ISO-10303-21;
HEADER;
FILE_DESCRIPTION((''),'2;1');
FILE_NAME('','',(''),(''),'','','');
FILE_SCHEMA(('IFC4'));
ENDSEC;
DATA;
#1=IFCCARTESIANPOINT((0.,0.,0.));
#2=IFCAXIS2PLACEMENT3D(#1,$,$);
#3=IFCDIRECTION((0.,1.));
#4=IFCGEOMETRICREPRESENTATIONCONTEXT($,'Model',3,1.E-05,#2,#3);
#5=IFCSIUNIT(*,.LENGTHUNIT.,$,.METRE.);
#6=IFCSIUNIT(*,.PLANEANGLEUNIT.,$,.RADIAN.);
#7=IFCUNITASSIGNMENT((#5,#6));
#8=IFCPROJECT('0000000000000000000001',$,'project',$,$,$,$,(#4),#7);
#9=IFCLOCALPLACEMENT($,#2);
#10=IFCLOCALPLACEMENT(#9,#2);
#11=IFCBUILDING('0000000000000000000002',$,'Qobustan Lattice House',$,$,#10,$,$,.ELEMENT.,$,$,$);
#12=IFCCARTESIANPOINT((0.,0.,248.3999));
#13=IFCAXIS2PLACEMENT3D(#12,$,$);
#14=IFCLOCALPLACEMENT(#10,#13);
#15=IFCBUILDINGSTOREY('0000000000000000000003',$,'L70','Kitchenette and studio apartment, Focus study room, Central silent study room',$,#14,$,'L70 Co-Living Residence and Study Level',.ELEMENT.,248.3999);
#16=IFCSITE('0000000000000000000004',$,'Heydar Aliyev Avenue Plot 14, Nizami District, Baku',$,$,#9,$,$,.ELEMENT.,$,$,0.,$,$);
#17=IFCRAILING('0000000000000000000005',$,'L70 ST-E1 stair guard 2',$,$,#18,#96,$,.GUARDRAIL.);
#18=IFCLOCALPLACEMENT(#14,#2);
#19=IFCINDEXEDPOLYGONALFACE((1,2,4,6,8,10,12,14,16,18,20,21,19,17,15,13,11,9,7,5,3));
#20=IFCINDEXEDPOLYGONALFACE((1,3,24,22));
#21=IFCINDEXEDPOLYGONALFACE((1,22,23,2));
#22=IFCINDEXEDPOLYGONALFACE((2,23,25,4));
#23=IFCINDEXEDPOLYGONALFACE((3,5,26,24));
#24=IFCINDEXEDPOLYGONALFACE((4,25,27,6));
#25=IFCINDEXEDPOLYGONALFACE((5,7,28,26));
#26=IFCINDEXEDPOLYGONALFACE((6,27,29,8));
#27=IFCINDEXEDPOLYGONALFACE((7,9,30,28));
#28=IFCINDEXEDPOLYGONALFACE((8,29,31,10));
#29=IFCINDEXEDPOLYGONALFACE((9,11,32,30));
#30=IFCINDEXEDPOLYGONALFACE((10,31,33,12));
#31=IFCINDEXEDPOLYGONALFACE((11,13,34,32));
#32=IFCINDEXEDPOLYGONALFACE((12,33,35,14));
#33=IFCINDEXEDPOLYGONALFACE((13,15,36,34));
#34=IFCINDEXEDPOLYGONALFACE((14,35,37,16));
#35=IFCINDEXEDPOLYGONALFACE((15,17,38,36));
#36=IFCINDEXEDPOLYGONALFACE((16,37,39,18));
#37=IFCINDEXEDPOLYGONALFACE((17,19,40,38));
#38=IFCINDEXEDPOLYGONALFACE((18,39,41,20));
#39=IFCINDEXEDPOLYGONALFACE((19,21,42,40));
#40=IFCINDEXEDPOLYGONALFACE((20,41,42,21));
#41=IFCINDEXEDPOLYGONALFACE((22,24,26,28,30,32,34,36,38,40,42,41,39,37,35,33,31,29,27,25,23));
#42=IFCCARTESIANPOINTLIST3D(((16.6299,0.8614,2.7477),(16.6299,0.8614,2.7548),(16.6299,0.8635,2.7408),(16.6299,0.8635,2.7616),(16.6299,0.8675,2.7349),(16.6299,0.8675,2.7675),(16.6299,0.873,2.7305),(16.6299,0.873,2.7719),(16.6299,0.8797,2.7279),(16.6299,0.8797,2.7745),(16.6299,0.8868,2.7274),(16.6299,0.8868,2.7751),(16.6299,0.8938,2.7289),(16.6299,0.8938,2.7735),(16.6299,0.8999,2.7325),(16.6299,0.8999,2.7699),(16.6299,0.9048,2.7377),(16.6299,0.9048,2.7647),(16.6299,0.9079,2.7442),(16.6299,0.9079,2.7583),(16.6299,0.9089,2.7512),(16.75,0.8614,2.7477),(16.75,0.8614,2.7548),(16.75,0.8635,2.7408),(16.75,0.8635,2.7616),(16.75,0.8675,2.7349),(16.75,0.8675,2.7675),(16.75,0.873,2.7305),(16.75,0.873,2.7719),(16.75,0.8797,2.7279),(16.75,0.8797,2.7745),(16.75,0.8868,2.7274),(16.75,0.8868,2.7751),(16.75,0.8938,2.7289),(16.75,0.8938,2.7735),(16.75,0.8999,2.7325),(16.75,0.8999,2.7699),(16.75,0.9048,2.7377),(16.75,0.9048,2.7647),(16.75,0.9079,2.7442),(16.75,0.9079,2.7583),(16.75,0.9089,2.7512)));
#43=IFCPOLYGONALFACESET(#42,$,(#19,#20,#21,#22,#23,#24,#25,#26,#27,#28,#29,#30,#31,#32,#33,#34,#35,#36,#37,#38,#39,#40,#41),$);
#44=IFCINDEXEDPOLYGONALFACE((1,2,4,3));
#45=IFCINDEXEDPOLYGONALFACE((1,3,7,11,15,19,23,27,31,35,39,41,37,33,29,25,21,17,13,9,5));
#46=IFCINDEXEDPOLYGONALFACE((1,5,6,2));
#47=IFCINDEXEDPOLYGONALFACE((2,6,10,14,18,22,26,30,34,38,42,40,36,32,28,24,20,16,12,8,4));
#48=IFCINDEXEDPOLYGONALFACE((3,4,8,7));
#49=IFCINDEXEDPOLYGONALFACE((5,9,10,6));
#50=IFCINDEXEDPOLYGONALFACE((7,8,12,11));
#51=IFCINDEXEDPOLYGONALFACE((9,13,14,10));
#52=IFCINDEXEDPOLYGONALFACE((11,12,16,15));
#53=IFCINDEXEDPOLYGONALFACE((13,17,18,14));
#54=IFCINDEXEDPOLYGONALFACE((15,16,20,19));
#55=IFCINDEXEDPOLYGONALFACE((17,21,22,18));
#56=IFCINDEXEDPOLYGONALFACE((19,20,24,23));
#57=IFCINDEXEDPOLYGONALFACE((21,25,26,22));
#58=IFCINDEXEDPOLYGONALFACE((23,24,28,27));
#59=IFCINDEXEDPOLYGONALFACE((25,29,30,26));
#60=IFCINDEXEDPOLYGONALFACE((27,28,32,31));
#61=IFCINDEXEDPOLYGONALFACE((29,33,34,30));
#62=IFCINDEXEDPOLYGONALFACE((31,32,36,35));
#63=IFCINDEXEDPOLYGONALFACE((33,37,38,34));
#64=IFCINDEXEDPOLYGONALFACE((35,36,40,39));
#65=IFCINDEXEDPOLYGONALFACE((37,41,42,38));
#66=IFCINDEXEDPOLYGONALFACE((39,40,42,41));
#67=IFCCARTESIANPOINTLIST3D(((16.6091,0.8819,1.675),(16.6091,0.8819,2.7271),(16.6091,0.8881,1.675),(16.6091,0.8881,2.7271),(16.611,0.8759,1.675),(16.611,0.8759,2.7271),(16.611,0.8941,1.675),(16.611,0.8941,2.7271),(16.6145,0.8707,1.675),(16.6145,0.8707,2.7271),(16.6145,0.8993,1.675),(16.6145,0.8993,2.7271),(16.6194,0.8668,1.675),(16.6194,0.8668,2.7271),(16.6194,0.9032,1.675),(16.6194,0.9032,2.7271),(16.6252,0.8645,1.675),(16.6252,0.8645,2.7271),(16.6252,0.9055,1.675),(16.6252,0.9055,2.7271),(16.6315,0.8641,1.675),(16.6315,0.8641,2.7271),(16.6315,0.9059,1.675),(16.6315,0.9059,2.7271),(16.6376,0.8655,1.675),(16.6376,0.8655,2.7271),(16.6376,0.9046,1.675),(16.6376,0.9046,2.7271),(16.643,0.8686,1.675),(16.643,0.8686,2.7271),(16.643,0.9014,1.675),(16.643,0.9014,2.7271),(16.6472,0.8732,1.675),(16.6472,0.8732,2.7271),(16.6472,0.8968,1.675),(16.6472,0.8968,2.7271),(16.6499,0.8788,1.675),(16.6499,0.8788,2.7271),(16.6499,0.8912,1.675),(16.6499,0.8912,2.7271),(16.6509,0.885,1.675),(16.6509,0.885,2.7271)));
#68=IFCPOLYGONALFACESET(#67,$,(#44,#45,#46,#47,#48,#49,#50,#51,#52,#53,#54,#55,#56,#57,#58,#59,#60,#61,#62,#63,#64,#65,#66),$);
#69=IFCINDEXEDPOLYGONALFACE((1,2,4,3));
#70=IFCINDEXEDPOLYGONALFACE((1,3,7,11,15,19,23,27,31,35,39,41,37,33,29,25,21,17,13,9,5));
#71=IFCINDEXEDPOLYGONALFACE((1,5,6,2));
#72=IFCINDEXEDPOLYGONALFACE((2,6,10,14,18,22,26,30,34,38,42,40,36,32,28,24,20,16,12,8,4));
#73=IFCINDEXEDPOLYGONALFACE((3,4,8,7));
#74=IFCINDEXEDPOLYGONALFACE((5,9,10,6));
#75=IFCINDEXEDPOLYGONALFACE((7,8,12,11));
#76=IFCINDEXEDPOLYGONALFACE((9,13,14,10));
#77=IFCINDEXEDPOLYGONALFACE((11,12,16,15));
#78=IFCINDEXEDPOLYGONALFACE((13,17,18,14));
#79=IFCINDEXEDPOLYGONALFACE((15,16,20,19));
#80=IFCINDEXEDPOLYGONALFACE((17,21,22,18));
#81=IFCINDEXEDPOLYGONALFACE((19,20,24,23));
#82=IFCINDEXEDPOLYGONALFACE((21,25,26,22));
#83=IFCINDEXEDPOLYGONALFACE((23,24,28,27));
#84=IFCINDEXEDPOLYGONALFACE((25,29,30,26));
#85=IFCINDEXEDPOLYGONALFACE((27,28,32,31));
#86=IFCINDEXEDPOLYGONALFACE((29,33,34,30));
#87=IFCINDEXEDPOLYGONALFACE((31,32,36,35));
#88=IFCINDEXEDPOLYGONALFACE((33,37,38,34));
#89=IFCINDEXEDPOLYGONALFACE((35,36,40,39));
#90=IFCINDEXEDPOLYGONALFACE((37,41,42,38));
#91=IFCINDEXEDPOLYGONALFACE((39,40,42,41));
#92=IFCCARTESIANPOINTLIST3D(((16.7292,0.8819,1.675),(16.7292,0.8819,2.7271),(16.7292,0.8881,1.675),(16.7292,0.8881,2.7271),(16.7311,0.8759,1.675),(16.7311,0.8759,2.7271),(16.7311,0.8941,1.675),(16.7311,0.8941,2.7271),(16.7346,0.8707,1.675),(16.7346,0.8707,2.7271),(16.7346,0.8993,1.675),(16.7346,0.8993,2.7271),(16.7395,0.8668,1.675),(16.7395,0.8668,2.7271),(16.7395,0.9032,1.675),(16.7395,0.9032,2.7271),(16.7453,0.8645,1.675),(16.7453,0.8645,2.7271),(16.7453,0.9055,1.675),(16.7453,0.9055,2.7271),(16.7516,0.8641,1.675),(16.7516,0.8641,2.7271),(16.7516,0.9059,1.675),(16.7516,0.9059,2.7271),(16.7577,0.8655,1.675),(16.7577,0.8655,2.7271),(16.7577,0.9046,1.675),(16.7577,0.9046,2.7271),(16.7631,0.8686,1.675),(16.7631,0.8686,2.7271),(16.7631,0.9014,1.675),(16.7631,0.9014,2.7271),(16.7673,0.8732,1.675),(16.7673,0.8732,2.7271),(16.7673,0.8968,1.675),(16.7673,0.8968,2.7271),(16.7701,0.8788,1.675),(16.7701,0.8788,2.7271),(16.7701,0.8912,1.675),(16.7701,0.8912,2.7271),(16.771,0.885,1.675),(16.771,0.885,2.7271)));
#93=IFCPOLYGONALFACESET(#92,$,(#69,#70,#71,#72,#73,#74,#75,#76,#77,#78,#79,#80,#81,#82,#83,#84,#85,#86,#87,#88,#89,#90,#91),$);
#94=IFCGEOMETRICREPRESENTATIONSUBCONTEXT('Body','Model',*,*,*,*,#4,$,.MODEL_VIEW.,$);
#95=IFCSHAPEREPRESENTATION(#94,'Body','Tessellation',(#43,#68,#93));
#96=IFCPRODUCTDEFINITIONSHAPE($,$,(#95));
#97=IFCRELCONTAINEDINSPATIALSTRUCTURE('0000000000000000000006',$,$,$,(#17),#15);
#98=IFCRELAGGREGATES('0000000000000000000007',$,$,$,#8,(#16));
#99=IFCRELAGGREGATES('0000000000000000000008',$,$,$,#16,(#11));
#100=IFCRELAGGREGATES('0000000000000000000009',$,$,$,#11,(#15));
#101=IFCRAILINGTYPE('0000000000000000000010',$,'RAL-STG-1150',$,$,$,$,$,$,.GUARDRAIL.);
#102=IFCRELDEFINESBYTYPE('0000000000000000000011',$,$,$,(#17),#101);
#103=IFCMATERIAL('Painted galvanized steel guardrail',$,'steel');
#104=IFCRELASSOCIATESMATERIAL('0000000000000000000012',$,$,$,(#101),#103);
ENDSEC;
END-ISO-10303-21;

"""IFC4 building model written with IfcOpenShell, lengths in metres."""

from ifc_helpers import new_model, si_unit, direction, frame, origin, origin_2d, place, context, subcontext, project, spatial, circle, extrude, material, type_object, element, save


model = new_model("IFC4")

# Units and contexts
model_context = context("Model", 3, precision=1e-05, world=origin(), true_north=direction((0.0, 1.0)))
body_context = subcontext(model_context, "Body", "Model", "MODEL_VIEW")
ifc_project = project(units=[si_unit("LENGTHUNIT", "METRE"), si_unit("PLANEANGLEUNIT", "RADIAN")], contexts=[model_context])

# Site, building, storey
site_placement = place(None, origin())
site = spatial("IfcSite", under=ifc_project, at=site_placement, Name="Heydar Aliyev Avenue Plot 14, Nizami District, Baku", CompositionType="ELEMENT", RefElevation=0.0)
building_placement = place(site_placement, origin())
building = spatial("IfcBuilding", under=site, at=building_placement, Name="Qobustan Lattice House", CompositionType="ELEMENT")
storey_placement = place(building_placement, frame((0.0, 0.0, 248.3999)))
storey = spatial("IfcBuildingStorey", under=building, at=storey_placement, Name="L70", Description="Kitchenette and studio apartment, Focus study room, Central silent study room", LongName="L70 Co-Living Residence and Study Level", CompositionType="ELEMENT", Elevation=248.3999)

# Railing
ifc_material_1 = material(Name="Painted galvanized steel guardrail", Category="steel")
railing_type_1 = type_object("IfcRailingType", Name="RAL-STG-1150", PredefinedType="GUARDRAIL", material=ifc_material_1)
railing_1_placement = place(storey_placement, frame((16.6299, 0.885, 1.675)))
element("IfcRailing", 1, at=railing_1_placement, inside=storey, type_object=railing_type_1, Name="L70 ST-E1 stair guard 2", PredefinedType="GUARDRAIL", context=body_context, shape_type="SweptSolid", body=[
    extrude(circle(Radius=0.0239, at=origin_2d()), frame((0.0, 0.0, 1.0762), z_axis=(1.0, 0.0, 0.0), x_axis=(0.0, 1.0, 0.0)), (0.0, 0.0, 1.0), 0.1201),
    extrude(circle(Radius=0.021, at=origin_2d()), origin(), (0.0, 0.0, 1.0), 1.052),
    extrude(circle(Radius=0.021, at=origin_2d()), frame((0.1201, 0.0, 0.0)), (0.0, 0.0, 1.0), 1.052),
])

save(model, "model.ifc")
